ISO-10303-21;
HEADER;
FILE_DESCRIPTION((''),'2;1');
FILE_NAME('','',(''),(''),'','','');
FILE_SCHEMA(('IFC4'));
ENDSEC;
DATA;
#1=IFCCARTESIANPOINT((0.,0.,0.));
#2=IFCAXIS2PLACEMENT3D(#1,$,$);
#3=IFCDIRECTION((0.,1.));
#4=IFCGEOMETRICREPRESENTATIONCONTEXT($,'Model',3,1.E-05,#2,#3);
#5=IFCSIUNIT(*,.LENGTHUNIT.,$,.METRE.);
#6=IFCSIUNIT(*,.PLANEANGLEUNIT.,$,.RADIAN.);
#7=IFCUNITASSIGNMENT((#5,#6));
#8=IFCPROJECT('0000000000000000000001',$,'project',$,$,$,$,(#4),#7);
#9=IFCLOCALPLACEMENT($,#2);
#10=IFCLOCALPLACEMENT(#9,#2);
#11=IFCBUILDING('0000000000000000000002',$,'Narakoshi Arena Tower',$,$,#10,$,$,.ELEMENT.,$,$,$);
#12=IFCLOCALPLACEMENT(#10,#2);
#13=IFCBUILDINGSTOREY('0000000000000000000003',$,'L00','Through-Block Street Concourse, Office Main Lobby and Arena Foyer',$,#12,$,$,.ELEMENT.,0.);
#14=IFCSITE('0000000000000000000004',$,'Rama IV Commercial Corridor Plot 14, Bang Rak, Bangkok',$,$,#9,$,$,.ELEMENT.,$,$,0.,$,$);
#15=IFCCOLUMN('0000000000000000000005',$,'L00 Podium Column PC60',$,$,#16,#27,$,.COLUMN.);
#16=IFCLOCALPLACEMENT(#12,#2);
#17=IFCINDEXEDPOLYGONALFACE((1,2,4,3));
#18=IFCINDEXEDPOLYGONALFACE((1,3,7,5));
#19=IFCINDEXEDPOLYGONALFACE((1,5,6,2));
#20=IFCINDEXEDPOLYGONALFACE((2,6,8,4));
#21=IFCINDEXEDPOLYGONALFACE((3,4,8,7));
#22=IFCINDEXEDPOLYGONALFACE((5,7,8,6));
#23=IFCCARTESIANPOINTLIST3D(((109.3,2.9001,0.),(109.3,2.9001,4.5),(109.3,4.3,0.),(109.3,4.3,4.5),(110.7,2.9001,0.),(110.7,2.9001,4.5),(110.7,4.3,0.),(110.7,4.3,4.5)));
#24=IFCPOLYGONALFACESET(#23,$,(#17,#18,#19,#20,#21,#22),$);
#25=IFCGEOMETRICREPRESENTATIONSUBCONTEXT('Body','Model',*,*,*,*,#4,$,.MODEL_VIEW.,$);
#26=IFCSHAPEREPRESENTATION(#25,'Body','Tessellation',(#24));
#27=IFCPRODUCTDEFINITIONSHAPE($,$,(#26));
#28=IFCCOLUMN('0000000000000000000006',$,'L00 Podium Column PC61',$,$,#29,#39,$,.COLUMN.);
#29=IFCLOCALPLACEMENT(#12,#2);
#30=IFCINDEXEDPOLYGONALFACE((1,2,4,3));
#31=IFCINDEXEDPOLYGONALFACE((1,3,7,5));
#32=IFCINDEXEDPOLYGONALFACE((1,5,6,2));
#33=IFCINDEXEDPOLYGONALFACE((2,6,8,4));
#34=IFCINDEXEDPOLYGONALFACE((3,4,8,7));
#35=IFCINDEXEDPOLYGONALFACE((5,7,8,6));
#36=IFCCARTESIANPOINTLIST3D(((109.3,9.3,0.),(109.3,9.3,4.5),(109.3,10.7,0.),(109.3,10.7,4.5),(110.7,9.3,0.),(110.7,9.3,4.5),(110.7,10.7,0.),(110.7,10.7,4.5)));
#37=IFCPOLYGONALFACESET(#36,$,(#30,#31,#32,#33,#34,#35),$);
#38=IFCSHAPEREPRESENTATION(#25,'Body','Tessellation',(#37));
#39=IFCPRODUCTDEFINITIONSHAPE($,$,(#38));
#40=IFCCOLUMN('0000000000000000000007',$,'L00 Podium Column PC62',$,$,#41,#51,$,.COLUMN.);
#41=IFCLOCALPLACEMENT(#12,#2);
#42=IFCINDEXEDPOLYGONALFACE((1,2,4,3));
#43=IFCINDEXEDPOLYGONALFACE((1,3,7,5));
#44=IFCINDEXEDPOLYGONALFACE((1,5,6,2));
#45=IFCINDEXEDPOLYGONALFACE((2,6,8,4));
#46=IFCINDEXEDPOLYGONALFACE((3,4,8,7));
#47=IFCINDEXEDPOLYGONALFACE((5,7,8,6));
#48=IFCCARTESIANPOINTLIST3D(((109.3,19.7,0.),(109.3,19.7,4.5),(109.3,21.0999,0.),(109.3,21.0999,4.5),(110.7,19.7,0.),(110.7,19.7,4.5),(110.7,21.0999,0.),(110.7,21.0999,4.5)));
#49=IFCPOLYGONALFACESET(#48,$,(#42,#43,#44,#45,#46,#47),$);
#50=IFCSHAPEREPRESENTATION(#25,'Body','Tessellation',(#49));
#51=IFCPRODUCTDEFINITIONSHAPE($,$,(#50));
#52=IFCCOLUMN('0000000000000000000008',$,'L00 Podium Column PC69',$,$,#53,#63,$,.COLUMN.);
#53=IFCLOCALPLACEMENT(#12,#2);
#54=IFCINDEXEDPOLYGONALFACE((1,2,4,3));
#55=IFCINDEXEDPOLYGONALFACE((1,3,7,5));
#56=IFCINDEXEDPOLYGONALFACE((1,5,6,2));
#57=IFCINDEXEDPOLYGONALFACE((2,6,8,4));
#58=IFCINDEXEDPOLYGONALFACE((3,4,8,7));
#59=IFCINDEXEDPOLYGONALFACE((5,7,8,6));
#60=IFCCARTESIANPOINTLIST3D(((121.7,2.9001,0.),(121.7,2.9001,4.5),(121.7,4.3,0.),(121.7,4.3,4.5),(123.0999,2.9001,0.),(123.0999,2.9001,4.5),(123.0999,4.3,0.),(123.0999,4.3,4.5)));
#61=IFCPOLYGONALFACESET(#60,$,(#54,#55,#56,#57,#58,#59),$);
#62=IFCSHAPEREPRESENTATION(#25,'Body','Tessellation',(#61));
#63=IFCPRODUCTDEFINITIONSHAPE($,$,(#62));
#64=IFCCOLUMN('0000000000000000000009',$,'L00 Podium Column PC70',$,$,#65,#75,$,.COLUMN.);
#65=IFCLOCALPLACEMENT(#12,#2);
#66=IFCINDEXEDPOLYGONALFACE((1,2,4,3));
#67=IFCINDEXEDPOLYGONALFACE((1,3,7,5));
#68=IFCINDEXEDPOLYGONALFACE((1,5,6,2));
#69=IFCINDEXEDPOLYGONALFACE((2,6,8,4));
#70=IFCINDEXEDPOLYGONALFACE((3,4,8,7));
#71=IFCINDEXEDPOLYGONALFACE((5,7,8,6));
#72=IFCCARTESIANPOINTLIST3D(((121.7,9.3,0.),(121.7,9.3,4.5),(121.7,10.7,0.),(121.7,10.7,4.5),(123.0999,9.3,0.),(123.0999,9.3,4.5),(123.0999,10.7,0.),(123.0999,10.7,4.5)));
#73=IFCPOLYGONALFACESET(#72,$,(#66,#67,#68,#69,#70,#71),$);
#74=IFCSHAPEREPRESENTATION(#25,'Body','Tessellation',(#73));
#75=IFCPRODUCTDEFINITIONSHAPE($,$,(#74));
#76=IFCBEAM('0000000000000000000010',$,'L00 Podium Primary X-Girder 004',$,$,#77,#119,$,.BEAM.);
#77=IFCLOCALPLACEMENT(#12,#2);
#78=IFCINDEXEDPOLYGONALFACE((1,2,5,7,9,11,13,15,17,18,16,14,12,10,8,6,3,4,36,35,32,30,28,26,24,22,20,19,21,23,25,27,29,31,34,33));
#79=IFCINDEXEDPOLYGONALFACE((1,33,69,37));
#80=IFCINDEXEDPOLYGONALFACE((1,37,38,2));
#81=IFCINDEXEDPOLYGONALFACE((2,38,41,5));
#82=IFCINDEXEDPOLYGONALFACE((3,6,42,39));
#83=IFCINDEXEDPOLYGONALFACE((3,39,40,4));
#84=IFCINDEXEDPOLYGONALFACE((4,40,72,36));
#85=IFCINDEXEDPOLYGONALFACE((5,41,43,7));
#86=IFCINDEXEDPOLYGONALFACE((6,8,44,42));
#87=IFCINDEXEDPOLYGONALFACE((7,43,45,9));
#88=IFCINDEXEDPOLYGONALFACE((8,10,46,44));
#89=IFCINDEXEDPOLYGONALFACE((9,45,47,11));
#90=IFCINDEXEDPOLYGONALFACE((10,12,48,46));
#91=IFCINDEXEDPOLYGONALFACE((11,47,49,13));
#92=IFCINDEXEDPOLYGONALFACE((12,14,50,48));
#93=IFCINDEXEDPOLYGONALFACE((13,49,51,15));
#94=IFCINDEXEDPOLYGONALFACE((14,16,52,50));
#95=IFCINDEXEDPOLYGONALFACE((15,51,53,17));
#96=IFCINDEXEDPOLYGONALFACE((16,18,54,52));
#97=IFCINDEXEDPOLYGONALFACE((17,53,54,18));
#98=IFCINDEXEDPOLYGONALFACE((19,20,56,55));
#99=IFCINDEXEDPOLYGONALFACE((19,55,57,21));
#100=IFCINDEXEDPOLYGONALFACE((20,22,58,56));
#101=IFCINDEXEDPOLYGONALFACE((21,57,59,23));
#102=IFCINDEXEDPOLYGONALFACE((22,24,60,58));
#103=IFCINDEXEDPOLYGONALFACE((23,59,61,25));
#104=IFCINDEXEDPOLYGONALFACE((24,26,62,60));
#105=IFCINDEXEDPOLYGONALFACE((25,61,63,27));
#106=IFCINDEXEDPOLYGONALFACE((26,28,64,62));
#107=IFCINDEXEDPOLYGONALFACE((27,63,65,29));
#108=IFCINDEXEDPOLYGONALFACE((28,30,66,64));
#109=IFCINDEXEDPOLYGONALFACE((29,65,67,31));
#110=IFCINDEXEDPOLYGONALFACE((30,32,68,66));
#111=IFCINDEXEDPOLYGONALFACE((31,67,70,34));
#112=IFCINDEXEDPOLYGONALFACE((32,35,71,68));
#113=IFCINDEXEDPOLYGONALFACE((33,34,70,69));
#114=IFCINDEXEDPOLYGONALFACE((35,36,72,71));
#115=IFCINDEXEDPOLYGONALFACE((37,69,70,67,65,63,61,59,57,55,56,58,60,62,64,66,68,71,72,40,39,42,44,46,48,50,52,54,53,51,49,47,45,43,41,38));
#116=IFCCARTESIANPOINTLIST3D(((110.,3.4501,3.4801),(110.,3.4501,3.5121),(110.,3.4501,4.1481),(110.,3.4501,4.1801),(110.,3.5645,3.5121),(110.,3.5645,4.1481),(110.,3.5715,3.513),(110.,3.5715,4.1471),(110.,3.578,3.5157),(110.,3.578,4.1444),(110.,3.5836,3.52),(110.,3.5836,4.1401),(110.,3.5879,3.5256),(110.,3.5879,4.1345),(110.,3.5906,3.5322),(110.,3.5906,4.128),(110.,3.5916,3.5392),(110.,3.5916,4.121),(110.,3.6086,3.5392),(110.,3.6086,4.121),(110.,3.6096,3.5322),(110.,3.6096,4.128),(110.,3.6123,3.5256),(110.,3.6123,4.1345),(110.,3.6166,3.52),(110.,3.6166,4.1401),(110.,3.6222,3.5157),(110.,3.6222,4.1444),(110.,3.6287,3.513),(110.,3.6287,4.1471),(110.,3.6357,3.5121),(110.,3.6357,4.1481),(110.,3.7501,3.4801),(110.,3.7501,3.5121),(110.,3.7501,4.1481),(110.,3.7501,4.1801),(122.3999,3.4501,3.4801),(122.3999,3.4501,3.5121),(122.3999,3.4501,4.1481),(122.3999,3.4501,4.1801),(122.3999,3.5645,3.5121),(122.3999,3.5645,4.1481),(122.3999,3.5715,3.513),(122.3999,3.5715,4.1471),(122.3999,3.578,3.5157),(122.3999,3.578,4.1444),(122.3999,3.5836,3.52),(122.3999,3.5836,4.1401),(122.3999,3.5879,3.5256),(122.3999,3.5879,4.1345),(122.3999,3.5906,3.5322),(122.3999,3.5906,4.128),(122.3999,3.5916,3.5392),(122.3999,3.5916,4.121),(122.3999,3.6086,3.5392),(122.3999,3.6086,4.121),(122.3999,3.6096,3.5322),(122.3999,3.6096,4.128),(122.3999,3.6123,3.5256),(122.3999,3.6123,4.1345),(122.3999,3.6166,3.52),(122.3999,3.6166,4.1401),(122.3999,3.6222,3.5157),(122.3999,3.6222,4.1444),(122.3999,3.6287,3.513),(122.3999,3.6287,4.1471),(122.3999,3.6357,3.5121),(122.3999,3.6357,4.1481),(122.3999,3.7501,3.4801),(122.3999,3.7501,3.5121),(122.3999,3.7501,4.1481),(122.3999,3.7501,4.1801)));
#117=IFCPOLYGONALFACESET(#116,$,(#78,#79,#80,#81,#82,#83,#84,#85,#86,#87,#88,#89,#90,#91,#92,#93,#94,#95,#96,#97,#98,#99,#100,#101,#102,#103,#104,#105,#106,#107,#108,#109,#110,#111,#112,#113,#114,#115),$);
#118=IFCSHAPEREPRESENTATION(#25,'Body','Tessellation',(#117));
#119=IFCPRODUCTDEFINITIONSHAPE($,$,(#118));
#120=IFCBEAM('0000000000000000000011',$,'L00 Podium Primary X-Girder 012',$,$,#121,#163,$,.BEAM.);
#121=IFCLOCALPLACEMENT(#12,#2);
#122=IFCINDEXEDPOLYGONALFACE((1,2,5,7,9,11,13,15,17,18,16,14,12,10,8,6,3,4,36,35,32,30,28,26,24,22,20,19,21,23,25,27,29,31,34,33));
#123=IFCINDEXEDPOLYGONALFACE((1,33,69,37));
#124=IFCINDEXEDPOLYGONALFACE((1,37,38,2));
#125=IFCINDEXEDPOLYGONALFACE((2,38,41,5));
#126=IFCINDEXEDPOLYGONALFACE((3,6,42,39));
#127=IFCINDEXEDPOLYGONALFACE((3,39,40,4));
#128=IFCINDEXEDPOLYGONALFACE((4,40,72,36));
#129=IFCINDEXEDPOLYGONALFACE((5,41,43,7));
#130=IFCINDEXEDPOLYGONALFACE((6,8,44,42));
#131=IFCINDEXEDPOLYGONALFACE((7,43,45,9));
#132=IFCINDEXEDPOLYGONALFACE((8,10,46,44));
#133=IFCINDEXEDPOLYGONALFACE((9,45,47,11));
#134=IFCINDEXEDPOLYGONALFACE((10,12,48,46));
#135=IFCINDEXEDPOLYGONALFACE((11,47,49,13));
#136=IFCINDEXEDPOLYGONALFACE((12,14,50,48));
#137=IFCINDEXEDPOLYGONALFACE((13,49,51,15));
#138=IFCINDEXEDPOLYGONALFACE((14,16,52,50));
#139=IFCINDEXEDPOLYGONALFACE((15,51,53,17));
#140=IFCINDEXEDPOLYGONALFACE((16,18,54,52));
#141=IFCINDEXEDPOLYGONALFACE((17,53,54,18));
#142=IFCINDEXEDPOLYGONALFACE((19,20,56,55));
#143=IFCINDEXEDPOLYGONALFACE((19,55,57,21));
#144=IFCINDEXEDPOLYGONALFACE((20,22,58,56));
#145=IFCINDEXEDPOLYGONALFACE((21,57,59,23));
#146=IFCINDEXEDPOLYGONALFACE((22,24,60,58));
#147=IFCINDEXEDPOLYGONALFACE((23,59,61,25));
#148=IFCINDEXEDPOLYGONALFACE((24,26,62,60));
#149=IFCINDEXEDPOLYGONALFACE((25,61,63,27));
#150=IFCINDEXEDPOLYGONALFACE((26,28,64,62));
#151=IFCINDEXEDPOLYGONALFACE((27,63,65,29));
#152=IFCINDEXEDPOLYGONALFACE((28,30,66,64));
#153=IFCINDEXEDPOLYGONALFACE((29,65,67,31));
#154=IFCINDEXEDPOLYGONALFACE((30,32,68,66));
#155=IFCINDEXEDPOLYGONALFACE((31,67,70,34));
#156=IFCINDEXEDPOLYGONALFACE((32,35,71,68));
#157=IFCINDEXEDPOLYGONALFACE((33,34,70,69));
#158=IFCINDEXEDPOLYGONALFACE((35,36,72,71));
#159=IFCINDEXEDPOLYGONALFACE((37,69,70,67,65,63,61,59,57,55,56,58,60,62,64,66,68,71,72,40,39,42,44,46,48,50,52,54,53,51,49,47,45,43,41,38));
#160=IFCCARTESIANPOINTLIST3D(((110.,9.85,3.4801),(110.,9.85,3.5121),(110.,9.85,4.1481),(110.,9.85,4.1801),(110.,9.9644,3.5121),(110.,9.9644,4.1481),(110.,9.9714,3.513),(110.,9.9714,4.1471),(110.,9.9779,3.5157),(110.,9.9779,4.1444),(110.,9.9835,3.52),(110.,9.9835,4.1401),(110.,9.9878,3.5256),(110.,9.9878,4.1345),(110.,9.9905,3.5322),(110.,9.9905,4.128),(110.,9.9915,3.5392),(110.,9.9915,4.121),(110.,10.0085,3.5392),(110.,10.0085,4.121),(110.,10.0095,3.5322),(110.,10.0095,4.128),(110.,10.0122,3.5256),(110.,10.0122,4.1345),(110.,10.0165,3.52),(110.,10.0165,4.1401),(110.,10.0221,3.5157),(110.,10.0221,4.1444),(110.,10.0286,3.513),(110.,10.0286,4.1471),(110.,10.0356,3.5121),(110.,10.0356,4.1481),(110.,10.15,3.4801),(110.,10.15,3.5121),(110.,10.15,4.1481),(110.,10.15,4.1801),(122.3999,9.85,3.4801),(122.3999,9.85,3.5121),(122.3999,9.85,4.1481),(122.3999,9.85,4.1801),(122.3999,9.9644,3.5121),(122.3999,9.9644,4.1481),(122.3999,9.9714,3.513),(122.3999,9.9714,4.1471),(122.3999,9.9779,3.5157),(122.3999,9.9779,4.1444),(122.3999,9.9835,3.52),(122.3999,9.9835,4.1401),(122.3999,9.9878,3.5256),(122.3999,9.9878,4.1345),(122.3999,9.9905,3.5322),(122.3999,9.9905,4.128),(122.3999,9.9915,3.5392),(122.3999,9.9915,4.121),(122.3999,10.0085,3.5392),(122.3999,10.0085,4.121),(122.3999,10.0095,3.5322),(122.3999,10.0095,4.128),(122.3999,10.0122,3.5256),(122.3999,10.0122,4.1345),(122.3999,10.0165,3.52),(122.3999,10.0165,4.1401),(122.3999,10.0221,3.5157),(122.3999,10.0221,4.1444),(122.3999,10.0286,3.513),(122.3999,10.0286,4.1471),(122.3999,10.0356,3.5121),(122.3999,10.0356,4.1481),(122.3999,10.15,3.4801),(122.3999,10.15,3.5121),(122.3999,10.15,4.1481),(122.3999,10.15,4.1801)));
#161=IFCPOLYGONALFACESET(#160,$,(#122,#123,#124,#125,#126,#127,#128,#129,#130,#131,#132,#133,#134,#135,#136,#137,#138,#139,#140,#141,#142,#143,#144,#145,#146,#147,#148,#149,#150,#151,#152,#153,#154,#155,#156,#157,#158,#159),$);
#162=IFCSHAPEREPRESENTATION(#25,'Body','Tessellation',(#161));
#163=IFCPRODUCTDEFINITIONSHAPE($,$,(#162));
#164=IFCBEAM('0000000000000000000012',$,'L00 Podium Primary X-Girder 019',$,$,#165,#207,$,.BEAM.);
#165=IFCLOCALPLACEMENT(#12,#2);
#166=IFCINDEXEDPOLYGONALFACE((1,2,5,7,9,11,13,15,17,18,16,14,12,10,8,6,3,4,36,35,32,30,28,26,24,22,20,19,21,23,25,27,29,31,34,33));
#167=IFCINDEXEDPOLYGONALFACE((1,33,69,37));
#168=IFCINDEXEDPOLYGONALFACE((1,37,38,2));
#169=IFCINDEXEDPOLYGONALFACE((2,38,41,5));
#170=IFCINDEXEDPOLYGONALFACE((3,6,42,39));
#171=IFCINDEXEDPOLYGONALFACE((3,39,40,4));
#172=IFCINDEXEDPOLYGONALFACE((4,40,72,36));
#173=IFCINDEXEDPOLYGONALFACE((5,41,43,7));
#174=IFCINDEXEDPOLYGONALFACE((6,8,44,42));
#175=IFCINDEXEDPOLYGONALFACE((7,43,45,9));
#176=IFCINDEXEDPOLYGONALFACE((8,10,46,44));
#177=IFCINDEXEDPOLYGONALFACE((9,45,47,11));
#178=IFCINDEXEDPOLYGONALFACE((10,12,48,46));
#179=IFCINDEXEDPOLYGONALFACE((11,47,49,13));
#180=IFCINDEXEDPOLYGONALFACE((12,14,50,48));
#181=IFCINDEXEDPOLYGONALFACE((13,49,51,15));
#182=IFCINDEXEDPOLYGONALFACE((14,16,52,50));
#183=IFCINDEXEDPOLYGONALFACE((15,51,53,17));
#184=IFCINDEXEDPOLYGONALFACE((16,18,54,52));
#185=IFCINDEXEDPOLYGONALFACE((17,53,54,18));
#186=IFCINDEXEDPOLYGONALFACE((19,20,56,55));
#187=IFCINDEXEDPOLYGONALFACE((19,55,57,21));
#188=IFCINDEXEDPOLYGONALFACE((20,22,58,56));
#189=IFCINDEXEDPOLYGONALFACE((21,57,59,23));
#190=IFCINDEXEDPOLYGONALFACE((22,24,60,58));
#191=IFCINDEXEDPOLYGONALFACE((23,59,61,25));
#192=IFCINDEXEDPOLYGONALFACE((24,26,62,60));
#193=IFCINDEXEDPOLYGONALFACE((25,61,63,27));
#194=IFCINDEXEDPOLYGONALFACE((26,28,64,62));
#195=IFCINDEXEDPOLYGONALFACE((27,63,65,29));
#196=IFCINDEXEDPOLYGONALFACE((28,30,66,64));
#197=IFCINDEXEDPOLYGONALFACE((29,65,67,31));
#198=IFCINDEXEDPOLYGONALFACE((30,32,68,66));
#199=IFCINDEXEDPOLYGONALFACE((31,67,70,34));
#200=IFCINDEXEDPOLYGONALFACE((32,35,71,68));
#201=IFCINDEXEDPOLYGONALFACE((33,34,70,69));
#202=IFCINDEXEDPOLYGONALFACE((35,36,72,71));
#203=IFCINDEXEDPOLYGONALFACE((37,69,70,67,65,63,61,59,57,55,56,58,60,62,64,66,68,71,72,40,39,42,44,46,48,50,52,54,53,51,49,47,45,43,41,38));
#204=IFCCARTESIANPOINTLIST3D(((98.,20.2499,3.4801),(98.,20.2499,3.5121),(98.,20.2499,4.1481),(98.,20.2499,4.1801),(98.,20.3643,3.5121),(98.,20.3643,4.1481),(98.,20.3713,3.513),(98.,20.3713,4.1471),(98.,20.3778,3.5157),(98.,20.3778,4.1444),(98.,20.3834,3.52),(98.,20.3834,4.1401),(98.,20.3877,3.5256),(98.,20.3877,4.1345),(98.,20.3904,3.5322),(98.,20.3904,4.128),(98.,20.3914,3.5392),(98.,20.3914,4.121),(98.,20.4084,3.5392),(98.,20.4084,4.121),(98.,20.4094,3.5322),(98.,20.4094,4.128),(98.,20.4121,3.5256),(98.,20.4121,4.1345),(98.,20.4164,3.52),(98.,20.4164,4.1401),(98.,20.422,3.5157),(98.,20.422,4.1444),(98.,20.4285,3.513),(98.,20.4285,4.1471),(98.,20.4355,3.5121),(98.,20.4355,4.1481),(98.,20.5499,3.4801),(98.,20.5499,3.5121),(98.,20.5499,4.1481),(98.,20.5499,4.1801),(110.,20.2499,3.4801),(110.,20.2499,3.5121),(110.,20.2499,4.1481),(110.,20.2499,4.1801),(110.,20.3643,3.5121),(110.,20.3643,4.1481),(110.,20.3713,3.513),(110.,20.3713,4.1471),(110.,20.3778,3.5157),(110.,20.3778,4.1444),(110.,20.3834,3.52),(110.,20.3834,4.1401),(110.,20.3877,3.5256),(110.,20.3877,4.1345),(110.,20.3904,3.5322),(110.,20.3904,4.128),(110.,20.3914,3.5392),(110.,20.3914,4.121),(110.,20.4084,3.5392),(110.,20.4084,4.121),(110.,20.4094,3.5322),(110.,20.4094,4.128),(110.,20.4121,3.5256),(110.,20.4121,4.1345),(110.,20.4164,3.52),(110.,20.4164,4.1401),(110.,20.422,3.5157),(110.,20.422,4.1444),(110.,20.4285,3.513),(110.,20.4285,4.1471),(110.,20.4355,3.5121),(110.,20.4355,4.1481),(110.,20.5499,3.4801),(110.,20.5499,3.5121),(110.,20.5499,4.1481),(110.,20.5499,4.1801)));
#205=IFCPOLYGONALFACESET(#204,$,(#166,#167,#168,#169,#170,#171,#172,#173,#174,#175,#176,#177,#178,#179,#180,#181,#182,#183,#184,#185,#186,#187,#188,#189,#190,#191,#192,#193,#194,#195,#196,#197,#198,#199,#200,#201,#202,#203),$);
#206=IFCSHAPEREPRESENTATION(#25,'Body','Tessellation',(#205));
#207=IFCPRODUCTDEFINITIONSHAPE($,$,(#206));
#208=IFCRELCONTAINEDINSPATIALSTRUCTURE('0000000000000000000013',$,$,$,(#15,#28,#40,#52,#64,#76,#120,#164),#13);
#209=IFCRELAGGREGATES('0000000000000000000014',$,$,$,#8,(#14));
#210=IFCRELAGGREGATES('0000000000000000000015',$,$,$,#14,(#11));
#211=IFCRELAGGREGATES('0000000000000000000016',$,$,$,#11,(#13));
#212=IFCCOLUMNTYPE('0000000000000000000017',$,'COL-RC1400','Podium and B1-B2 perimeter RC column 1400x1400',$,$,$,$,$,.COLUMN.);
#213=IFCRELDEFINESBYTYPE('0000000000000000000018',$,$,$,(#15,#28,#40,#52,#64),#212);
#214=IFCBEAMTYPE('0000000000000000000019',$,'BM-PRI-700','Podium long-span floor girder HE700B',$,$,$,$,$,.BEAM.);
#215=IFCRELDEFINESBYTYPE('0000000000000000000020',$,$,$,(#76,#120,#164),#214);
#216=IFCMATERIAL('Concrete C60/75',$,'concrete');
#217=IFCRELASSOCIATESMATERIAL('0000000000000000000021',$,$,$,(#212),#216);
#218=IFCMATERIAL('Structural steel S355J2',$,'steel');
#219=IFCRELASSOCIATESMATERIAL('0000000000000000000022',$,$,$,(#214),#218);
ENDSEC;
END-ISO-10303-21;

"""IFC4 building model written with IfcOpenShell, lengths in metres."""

from ifc_helpers import new_model, si_unit, direction, frame, origin, origin_2d, place, context, subcontext, project, spatial, rectangle, i_section, extrude, material, material_profile, profile_set, type_object, element, save


model = new_model("IFC4")

# Units and contexts
model_context = context("Model", 3, precision=1e-05, world=origin(), true_north=direction((0.0, 1.0)))
body_context = subcontext(model_context, "Body", "Model", "MODEL_VIEW")
ifc_project = project(units=[si_unit("LENGTHUNIT", "METRE"), si_unit("PLANEANGLEUNIT", "RADIAN")], contexts=[model_context])

# Site, building, storey
site_placement = place(None, origin())
site = spatial("IfcSite", under=ifc_project, at=site_placement, Name="Rama IV Commercial Corridor Plot 14, Bang Rak, Bangkok", CompositionType="ELEMENT", RefElevation=0.0)
building_placement = place(site_placement, origin())
building = spatial("IfcBuilding", under=site, at=building_placement, Name="Narakoshi Arena Tower", CompositionType="ELEMENT")
storey_placement = place(building_placement, origin())
storey = spatial("IfcBuildingStorey", under=building, at=storey_placement, Name="L00", Description="Through-Block Street Concourse, Office Main Lobby and Arena Foyer", CompositionType="ELEMENT", Elevation=0.0)

# Columns
ifc_material_1 = material(Name="Concrete C60/75", Category="concrete")
ifc_material_profile_1 = material_profile(ifc_material_1, rectangle(XDim=1.3999, YDim=1.3999, at=origin_2d()), Name="RC1400x1400")
ifc_profile_set_1 = profile_set([ifc_material_profile_1], Name="Concrete C60/75")
column_type = type_object("IfcColumnType", Name="COL-RC1400", Description="Podium and B1-B2 perimeter RC column 1400x1400", PredefinedType="COLUMN", material=ifc_profile_set_1)
for number, where, z_axis, x_axis, name in (
    (1, (110.0, 3.6001, 0.0), (0.0, 0.0, 1.0), (1.0, 0.0, 0.0), "L00 Podium Column PC60"),
    (2, (110.0, 10.0, 0.0), (0.0, 0.0, 1.0), (1.0, 0.0, 0.0), "L00 Podium Column PC61"),
    (3, (110.0, 20.3999, 0.0), (0.0, 0.0, 1.0), (1.0, 0.0, 0.0), "L00 Podium Column PC62"),
    (4, (122.3999, 3.6001, 0.0), (0.0, 0.0, 1.0), (1.0, 0.0, 0.0), "L00 Podium Column PC69"),
    (5, (122.3999, 10.0, 0.0), (0.0, 0.0, 1.0), (1.0, 0.0, 0.0), "L00 Podium Column PC70"),
):
    element("IfcColumn", number, at=place(storey_placement, frame(where, z_axis=z_axis, x_axis=x_axis)), inside=storey, type_object=column_type, Name=name, PredefinedType="COLUMN", context=body_context, shape_type="SweptSolid", body=[
        extrude(rectangle(XDim=1.3999, YDim=1.3999, at=origin_2d()), origin(), (0.0, 0.0, 1.0), 4.5),
    ])

# Beams
ifc_material_2 = material(Name="Structural steel S355J2", Category="steel")
ifc_material_profile_2 = material_profile(ifc_material_2, i_section(OverallWidth=0.3, OverallDepth=0.7, WebThickness=0.0171, FlangeThickness=0.032, FilletRadius=0.0271, at=origin_2d()), Name="HE700B")
ifc_profile_set_2 = profile_set([ifc_material_profile_2], Name="Structural steel S355J2")
beam_type_1 = type_object("IfcBeamType", Name="BM-PRI-700", Description="Podium long-span floor girder HE700B", PredefinedType="BEAM", material=ifc_profile_set_2)
for number, where, z_axis, x_axis, name in (
    (6, (110.0, 3.6001, 3.8301), (1.0, 0.0, 0.0), (0.0, 1.0, 0.0), "L00 Podium Primary X-Girder 004"),
    (7, (110.0, 10.0, 3.8301), (1.0, 0.0, 0.0), (0.0, 1.0, 0.0), "L00 Podium Primary X-Girder 012"),
):
    element("IfcBeam", number, at=place(storey_placement, frame(where, z_axis=z_axis, x_axis=x_axis)), inside=storey, type_object=beam_type_1, Name=name, PredefinedType="BEAM", context=body_context, shape_type="SweptSolid", body=[
        extrude(i_section(OverallWidth=0.3, OverallDepth=0.7, WebThickness=0.0171, FlangeThickness=0.032, FilletRadius=0.0271, at=origin_2d()), origin(), (0.0, 0.0, 1.0), 12.3999),
    ])
beam_1_placement = place(storey_placement, frame((98.0, 20.3999, 3.8301), z_axis=(1.0, 0.0, 0.0), x_axis=(0.0, 1.0, 0.0)))
element("IfcBeam", 8, at=beam_1_placement, inside=storey, type_object=beam_type_1, Name="L00 Podium Primary X-Girder 019", PredefinedType="BEAM", context=body_context, shape_type="SweptSolid", body=[
    extrude(i_section(OverallWidth=0.3, OverallDepth=0.7, WebThickness=0.0171, FlangeThickness=0.032, FilletRadius=0.0271, at=origin_2d()), origin(), (0.0, 0.0, 1.0), 12.0),
])

save(model, "model.ifc")
